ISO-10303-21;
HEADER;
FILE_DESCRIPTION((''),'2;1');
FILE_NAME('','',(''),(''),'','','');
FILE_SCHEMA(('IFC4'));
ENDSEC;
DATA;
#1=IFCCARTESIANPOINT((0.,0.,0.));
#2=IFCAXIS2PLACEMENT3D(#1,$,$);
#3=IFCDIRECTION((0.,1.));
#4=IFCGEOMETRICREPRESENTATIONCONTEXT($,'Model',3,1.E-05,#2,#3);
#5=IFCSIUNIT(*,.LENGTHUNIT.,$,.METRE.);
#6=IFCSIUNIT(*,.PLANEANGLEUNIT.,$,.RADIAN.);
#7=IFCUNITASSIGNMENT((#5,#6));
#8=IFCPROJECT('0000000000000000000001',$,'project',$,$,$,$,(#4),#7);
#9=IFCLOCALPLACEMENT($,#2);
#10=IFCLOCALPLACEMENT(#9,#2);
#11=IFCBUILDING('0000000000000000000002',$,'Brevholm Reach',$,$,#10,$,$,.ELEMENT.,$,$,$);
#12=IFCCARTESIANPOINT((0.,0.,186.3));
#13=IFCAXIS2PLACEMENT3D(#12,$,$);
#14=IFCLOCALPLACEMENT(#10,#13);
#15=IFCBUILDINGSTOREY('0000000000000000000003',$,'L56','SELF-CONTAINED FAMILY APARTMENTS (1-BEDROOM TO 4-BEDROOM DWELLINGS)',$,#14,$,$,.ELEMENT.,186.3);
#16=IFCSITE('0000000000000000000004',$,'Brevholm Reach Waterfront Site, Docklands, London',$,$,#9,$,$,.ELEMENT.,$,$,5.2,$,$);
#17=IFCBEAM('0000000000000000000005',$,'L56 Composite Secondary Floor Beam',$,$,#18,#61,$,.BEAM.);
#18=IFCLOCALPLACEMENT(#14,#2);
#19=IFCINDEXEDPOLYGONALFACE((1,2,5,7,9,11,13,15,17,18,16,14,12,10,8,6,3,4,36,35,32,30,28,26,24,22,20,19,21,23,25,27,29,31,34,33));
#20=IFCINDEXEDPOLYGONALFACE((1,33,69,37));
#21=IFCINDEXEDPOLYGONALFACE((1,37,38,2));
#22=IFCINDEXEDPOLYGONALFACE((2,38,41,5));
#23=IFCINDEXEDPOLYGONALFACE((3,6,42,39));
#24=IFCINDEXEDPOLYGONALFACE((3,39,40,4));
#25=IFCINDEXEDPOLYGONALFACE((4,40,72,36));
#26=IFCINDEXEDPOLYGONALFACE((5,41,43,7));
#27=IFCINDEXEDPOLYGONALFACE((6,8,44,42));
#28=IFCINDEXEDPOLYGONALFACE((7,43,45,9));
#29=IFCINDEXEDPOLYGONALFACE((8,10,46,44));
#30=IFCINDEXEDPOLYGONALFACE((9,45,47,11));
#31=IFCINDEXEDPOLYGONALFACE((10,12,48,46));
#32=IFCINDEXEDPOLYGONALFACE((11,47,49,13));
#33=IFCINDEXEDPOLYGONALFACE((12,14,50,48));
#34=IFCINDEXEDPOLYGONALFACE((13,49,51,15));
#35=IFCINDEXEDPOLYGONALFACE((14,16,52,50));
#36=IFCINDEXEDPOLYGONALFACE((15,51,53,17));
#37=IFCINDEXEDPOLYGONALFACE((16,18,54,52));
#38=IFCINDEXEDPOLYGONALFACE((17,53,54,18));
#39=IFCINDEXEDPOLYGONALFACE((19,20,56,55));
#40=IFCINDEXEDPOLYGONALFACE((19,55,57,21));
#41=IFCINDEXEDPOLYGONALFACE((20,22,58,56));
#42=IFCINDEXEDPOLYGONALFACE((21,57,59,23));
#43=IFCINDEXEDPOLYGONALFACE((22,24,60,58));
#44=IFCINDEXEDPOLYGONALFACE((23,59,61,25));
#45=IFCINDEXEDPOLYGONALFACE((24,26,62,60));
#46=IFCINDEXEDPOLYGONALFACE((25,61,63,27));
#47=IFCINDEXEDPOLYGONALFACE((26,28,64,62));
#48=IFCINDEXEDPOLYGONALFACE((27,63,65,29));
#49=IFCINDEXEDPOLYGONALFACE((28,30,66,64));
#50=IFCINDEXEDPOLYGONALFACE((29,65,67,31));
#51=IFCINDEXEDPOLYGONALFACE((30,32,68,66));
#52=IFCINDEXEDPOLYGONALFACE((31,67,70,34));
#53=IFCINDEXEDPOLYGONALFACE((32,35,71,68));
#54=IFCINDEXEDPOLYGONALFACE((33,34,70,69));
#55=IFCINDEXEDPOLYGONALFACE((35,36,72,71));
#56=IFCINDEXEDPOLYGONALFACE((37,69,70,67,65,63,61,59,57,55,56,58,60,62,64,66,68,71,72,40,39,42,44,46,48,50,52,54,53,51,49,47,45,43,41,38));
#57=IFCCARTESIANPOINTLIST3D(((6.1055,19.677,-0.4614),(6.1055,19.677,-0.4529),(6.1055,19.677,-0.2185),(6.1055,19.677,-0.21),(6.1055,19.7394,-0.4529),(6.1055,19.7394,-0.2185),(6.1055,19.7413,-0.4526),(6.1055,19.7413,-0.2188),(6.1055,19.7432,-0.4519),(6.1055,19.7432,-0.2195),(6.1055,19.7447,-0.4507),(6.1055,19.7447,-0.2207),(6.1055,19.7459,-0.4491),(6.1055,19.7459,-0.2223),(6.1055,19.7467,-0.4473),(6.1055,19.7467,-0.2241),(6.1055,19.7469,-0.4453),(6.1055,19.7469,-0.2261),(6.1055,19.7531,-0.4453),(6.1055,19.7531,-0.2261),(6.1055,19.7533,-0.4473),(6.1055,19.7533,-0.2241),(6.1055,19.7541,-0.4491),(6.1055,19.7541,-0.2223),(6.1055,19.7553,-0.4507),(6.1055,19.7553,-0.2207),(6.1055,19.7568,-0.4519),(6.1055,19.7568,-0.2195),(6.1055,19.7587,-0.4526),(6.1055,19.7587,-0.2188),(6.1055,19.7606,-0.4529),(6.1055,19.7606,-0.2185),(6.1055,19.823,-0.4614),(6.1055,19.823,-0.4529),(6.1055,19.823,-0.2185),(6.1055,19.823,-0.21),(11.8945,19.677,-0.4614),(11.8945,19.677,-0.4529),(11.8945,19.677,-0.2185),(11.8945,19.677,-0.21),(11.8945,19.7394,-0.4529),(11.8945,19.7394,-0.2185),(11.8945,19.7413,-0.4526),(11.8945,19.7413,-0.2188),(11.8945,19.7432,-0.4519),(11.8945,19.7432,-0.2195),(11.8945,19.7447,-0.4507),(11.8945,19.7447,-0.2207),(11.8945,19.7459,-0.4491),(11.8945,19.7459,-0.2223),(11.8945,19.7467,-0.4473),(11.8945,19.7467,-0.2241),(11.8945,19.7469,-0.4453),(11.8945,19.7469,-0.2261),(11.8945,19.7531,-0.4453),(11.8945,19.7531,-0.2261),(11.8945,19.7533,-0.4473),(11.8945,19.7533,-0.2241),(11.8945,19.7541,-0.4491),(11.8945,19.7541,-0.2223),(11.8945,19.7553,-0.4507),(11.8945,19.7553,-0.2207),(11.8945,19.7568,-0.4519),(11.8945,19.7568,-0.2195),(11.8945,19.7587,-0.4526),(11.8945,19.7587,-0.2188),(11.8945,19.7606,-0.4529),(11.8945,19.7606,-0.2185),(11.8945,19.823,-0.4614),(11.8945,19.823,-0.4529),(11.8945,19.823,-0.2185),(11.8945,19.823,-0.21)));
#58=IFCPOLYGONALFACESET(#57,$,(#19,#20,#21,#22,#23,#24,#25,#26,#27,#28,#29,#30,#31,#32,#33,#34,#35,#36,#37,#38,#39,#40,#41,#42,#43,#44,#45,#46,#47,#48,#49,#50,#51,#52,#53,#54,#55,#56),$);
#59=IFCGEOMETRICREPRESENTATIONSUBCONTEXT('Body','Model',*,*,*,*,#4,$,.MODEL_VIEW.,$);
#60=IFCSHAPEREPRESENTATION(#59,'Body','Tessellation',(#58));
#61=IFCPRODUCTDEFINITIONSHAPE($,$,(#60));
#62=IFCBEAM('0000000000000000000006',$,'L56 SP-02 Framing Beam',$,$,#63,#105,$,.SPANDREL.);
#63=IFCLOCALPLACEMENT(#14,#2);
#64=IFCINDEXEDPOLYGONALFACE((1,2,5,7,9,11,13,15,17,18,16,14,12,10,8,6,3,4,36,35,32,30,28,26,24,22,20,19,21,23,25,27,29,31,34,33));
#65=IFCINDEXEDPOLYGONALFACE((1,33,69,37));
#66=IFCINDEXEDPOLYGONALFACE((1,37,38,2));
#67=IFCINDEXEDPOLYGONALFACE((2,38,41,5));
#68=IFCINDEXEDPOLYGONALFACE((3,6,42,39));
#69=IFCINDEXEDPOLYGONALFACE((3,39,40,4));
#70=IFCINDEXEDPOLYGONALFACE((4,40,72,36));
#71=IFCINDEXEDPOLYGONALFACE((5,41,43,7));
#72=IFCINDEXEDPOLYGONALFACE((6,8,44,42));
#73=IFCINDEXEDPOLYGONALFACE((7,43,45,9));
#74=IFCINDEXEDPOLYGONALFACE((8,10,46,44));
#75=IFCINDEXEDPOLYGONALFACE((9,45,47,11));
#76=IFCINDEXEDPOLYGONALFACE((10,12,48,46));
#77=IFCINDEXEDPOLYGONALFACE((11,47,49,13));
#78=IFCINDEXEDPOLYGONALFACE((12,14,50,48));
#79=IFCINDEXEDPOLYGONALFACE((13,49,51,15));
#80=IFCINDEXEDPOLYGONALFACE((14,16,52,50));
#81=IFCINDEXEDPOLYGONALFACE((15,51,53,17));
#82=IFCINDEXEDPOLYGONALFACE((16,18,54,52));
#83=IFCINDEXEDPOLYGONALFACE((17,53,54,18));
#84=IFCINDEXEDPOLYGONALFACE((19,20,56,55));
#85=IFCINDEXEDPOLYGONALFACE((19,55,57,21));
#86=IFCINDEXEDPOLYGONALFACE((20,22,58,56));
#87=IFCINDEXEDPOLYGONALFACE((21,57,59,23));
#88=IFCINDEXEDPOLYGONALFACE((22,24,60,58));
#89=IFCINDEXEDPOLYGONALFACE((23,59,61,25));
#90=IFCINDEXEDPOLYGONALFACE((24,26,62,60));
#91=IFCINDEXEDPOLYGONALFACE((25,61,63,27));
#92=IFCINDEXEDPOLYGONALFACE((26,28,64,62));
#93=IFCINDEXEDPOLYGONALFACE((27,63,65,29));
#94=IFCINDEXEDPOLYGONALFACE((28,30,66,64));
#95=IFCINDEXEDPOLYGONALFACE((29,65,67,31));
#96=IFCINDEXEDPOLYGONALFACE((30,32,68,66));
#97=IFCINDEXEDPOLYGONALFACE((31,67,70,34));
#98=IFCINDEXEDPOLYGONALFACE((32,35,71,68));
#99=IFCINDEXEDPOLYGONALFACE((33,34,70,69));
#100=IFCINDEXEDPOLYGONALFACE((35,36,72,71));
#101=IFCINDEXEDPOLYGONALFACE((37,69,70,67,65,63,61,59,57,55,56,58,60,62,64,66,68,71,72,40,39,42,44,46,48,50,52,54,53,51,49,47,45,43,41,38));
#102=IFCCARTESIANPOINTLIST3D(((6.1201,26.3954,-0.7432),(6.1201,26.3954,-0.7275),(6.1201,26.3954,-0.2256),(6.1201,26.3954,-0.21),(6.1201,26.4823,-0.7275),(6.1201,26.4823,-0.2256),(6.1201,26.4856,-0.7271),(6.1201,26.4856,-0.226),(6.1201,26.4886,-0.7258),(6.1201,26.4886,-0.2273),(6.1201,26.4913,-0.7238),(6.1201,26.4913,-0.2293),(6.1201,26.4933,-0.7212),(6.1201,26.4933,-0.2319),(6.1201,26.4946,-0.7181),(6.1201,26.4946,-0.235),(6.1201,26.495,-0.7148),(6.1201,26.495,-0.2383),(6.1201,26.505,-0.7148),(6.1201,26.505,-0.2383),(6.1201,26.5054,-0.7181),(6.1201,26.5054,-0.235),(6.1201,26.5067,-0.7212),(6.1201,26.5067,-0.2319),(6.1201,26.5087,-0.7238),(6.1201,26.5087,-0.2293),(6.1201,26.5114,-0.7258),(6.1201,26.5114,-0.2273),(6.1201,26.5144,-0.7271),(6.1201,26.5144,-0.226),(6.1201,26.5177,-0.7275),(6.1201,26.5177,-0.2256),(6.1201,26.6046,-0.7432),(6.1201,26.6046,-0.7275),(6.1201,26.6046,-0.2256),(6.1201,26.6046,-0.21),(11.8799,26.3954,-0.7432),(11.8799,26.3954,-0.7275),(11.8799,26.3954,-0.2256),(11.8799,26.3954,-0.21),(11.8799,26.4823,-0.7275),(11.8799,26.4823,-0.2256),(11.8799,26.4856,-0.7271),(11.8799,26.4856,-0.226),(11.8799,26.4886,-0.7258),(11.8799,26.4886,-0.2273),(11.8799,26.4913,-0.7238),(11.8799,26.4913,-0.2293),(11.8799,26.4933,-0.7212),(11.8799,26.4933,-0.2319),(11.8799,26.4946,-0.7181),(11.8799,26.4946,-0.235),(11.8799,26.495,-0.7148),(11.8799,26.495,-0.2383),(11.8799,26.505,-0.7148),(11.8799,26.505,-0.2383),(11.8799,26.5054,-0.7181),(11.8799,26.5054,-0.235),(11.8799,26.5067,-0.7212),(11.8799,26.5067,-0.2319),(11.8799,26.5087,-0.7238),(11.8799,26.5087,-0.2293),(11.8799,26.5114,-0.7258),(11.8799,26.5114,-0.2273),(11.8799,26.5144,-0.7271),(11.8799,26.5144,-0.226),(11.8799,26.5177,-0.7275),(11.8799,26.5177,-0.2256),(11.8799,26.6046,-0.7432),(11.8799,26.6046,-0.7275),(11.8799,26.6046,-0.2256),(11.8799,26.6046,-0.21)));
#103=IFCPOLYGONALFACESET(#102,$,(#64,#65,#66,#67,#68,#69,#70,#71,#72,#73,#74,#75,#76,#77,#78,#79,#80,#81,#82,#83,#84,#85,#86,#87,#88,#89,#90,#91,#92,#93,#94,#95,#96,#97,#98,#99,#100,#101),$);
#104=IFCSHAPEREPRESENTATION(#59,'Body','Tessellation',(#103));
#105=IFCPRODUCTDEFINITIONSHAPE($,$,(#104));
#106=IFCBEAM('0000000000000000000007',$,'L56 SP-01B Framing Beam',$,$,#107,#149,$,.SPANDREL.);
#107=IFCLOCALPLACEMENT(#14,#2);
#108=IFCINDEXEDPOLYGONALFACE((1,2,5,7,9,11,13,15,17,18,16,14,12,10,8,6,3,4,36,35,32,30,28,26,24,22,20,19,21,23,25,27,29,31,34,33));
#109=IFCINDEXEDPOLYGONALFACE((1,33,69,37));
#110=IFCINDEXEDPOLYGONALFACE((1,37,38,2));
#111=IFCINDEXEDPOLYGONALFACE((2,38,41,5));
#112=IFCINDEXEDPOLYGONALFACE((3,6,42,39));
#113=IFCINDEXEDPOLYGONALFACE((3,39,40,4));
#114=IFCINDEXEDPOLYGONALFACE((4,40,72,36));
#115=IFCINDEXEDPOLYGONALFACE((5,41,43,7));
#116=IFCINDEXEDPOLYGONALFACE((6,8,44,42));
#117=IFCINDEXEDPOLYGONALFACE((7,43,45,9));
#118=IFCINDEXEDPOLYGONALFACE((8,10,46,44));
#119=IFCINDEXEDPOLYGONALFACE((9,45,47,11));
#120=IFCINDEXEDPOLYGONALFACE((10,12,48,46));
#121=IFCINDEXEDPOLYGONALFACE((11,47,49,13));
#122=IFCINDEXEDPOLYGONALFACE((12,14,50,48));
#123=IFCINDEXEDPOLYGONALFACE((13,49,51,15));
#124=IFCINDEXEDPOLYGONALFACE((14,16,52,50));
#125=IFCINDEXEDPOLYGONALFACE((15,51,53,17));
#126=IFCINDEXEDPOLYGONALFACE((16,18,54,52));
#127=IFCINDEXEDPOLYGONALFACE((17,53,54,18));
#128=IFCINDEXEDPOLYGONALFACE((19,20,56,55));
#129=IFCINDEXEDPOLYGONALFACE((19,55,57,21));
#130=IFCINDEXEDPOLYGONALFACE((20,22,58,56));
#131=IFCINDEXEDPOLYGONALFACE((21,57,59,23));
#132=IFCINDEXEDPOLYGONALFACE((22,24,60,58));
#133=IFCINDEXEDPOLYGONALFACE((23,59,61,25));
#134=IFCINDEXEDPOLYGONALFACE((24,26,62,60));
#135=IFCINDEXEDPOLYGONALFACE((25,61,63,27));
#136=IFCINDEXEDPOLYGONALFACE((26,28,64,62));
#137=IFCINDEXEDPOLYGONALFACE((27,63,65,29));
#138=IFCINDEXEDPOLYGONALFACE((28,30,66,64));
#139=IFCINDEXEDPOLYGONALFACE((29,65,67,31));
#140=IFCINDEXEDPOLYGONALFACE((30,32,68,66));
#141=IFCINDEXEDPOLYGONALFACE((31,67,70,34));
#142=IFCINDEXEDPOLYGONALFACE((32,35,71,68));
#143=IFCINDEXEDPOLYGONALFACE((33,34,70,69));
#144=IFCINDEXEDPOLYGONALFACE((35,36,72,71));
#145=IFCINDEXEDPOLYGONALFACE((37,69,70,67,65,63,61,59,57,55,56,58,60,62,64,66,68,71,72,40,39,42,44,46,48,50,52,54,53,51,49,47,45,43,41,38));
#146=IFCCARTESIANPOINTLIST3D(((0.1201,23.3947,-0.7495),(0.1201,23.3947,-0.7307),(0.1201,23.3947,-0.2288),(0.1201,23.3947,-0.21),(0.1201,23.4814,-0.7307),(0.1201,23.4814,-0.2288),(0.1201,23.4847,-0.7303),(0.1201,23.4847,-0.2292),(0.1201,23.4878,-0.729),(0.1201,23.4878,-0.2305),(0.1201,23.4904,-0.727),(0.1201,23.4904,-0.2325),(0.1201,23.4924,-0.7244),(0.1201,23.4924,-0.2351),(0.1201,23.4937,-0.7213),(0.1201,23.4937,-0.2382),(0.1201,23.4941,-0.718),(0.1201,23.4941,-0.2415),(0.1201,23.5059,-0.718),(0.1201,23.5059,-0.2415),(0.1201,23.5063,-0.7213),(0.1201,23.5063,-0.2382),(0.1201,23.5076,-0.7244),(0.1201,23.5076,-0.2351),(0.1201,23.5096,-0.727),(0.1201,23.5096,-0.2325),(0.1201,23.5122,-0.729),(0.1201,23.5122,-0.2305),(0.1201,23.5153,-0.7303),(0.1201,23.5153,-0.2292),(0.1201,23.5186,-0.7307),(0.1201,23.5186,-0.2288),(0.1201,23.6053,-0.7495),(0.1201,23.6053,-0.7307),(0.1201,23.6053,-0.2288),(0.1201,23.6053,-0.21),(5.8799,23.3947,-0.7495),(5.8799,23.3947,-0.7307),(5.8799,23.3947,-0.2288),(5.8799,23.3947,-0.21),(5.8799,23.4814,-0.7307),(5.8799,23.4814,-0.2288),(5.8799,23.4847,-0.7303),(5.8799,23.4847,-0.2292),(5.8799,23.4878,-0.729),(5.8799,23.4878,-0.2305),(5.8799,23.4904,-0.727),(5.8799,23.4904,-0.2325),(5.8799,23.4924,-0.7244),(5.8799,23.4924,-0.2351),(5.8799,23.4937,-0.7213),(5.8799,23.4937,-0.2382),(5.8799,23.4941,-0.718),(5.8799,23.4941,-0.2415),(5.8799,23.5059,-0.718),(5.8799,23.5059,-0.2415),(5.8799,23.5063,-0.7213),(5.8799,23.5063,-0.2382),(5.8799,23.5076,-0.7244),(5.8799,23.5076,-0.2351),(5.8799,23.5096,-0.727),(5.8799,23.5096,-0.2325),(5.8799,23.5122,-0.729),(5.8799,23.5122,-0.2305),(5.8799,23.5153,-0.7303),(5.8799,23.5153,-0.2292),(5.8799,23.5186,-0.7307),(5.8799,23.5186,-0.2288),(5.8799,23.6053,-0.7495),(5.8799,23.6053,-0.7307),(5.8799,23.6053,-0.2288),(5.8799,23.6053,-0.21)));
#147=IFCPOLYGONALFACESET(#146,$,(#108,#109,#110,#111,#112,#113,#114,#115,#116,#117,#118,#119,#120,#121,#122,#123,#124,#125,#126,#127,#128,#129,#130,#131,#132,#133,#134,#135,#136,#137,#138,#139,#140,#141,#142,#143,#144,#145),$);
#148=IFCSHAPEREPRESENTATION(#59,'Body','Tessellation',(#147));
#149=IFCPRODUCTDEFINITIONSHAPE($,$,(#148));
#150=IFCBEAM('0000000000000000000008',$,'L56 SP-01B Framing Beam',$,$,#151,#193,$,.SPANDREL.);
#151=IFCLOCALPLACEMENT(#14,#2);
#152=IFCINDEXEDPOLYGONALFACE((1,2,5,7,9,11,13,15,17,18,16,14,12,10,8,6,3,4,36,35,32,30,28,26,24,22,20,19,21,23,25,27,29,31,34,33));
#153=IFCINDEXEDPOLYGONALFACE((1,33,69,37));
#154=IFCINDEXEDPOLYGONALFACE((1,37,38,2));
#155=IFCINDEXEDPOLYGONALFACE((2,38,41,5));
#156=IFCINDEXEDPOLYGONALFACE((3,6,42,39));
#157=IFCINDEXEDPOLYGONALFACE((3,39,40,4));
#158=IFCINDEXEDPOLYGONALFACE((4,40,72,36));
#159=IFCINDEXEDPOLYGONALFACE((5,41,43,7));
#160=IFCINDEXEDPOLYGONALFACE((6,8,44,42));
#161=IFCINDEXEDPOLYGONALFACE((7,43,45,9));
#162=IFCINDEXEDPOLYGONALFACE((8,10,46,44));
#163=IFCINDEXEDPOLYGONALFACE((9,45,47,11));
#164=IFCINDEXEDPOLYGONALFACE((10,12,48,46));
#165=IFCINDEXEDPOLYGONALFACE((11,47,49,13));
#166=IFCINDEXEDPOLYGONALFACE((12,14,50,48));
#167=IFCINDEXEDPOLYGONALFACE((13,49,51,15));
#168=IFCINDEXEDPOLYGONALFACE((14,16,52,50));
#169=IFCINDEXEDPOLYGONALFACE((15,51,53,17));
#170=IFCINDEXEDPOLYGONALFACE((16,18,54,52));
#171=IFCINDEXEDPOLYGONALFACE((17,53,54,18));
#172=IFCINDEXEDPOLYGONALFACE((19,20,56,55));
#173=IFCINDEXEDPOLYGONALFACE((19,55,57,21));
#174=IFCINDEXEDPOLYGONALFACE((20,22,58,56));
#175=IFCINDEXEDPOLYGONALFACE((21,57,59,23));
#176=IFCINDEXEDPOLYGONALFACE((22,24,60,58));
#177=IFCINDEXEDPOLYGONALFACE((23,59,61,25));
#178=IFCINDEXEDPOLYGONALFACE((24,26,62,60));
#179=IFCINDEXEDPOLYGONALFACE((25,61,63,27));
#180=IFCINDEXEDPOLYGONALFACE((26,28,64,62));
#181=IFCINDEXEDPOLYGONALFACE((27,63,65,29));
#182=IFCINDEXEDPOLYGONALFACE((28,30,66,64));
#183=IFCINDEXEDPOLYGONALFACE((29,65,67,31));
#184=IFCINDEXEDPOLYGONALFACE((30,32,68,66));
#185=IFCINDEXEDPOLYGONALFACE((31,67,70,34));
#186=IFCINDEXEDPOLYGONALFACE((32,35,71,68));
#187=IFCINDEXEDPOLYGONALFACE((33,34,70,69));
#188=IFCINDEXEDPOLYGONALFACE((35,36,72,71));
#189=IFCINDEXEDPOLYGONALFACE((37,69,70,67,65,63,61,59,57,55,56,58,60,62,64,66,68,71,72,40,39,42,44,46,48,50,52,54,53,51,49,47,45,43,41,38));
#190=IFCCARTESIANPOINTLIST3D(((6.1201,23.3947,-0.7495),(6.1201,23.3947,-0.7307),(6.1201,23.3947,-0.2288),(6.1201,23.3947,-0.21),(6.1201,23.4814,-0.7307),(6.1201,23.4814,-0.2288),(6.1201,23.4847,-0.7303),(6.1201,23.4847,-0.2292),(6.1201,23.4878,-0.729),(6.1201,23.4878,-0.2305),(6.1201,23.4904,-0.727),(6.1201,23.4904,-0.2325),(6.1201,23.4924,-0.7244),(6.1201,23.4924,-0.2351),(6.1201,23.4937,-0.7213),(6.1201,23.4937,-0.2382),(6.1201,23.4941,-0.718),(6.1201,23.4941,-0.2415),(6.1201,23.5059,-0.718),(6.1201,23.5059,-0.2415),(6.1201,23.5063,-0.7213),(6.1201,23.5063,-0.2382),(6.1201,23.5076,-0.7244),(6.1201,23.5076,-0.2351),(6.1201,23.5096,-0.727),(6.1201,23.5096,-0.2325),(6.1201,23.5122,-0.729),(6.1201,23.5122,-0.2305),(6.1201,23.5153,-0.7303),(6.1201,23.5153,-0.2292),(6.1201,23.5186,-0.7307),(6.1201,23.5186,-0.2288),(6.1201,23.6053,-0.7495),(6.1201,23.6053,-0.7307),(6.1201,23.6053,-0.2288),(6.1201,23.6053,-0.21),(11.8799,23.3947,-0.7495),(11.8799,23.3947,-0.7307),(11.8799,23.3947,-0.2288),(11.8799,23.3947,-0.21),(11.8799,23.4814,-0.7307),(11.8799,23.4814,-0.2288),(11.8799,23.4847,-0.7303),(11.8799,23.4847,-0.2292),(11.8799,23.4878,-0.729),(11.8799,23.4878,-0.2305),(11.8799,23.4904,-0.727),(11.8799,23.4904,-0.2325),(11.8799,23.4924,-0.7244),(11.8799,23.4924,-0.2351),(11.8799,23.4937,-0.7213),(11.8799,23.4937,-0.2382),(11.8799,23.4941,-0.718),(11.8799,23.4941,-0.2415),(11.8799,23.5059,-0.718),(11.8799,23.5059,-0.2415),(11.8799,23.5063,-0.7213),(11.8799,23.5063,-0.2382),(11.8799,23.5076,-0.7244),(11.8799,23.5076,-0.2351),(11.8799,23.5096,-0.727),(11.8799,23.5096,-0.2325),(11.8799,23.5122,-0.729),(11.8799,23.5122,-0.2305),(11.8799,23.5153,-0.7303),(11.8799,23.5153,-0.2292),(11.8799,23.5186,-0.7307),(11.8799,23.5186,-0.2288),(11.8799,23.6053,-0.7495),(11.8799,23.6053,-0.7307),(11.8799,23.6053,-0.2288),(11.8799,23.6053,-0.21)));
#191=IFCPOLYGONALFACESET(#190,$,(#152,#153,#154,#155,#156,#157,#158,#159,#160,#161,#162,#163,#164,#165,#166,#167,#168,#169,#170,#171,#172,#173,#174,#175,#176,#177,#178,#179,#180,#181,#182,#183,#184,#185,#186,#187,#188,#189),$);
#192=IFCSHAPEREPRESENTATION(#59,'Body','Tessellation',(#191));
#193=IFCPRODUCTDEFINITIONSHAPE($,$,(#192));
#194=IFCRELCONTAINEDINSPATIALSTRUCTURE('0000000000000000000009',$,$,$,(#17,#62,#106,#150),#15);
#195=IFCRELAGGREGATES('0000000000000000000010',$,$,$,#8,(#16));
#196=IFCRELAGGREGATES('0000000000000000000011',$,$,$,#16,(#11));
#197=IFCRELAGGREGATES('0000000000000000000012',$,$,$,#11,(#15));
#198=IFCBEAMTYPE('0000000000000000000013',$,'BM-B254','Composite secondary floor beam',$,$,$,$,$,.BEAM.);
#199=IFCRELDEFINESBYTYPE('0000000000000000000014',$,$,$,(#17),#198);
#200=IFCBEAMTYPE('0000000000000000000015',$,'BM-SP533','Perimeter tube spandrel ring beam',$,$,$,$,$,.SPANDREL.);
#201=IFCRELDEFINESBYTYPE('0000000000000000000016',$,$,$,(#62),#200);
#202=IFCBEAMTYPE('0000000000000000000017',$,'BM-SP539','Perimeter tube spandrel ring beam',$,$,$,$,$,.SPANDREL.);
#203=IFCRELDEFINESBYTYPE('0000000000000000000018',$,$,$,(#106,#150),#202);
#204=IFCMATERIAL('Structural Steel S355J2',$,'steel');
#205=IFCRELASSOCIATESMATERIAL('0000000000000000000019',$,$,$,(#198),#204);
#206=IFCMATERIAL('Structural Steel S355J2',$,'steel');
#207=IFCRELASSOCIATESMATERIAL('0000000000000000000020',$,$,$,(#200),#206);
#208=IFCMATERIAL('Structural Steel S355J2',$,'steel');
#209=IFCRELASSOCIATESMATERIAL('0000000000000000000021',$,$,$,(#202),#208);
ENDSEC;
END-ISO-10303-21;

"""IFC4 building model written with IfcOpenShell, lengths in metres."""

from ifc_helpers import new_model, si_unit, direction, frame, origin, origin_2d, place, context, subcontext, project, spatial, i_section, extrude, material, material_profile, profile_set, type_object, element, save


model = new_model("IFC4")

# Units and contexts
model_context = context("Model", 3, precision=1e-05, world=origin(), true_north=direction((0.0, 1.0)))
body_context = subcontext(model_context, "Body", "Model", "MODEL_VIEW")
ifc_project = project(units=[si_unit("LENGTHUNIT", "METRE"), si_unit("PLANEANGLEUNIT", "RADIAN")], contexts=[model_context])

# Site, building, storey
site_placement = place(None, origin())
site = spatial("IfcSite", under=ifc_project, at=site_placement, Name="Brevholm Reach Waterfront Site, Docklands, London", CompositionType="ELEMENT", RefElevation=5.2)
building_placement = place(site_placement, origin())
building = spatial("IfcBuilding", under=site, at=building_placement, Name="Brevholm Reach", CompositionType="ELEMENT")
storey_placement = place(building_placement, frame((0.0, 0.0, 186.3)))
storey = spatial("IfcBuildingStorey", under=building, at=storey_placement, Name="L56", Description="SELF-CONTAINED FAMILY APARTMENTS (1-BEDROOM TO 4-BEDROOM DWELLINGS)", CompositionType="ELEMENT", Elevation=186.3)

# Beams
ifc_material_1 = material(Name="Structural Steel S355J2", Category="steel")
ifc_material_profile_1 = material_profile(ifc_material_1, i_section(OverallWidth=0.146, OverallDepth=0.2515, WebThickness=0.0061, FlangeThickness=0.0085, FilletRadius=0.0076, at=origin_2d()), Name="UKB 254x146x31")
ifc_profile_set_1 = profile_set([ifc_material_profile_1], Name="Structural Steel S355J2")
beam_type_1 = type_object("IfcBeamType", Name="BM-B254", Description="Composite secondary floor beam", PredefinedType="BEAM", material=ifc_profile_set_1)
beam_1_placement = place(storey_placement, frame((6.1055, 19.75, -0.3357), z_axis=(1.0, 0.0, 0.0), x_axis=(0.0, 1.0, 0.0)))
element("IfcBeam", 1, at=beam_1_placement, inside=storey, type_object=beam_type_1, Name="L56 Composite Secondary Floor Beam", PredefinedType="BEAM", context=body_context, shape_type="SweptSolid", body=[
    extrude(i_section(OverallWidth=0.146, OverallDepth=0.2515, WebThickness=0.0061, FlangeThickness=0.0085, FilletRadius=0.0076, at=origin_2d()), origin(), (0.0, 0.0, 1.0), 5.7891),
])
ifc_material_2 = material(Name="Structural Steel S355J2", Category="steel")
ifc_material_profile_2 = material_profile(ifc_material_2, i_section(OverallWidth=0.2092, OverallDepth=0.5332, WebThickness=0.01, FlangeThickness=0.0156, FilletRadius=0.0127, at=origin_2d()), Name="UKB 533x210x92")
ifc_profile_set_2 = profile_set([ifc_material_profile_2], Name="Structural Steel S355J2")
beam_type_2 = type_object("IfcBeamType", Name="BM-SP533", Description="Perimeter tube spandrel ring beam", PredefinedType="SPANDREL", material=ifc_profile_set_2)
beam_2_placement = place(storey_placement, frame((6.1201, 26.5, -0.4766), z_axis=(1.0, 0.0, 0.0), x_axis=(0.0, 1.0, 0.0)))
element("IfcBeam", 2, at=beam_2_placement, inside=storey, type_object=beam_type_2, Name="L56 SP-02 Framing Beam", PredefinedType="SPANDREL", context=body_context, shape_type="SweptSolid", body=[
    extrude(i_section(OverallWidth=0.2092, OverallDepth=0.5332, WebThickness=0.01, FlangeThickness=0.0156, FilletRadius=0.0127, at=origin_2d()), origin(), (0.0, 0.0, 1.0), 5.7598),
])
ifc_material_3 = material(Name="Structural Steel S355J2", Category="steel")
ifc_material_profile_3 = material_profile(ifc_material_3, i_section(OverallWidth=0.2107, OverallDepth=0.5396, WebThickness=0.0117, FlangeThickness=0.0188, FilletRadius=0.0127, at=origin_2d()), Name="UKB 533x210x109")
ifc_profile_set_3 = profile_set([ifc_material_profile_3], Name="Structural Steel S355J2")
beam_type_3 = type_object("IfcBeamType", Name="BM-SP539", Description="Perimeter tube spandrel ring beam", PredefinedType="SPANDREL", material=ifc_profile_set_3)
for number, where, z_axis, x_axis, name in (
    (3, (0.1201, 23.5, -0.4797), (1.0, 0.0, 0.0), (0.0, 1.0, 0.0), "L56 SP-01B Framing Beam"),
    (4, (6.1201, 23.5, -0.4797), (1.0, 0.0, 0.0), (0.0, 1.0, 0.0), "L56 SP-01B Framing Beam"),
):
    element("IfcBeam", number, at=place(storey_placement, frame(where, z_axis=z_axis, x_axis=x_axis)), inside=storey, type_object=beam_type_3, Name=name, PredefinedType="SPANDREL", context=body_context, shape_type="SweptSolid", body=[
        extrude(i_section(OverallWidth=0.2107, OverallDepth=0.5396, WebThickness=0.0117, FlangeThickness=0.0188, FilletRadius=0.0127, at=origin_2d()), origin(), (0.0, 0.0, 1.0), 5.7598),
    ])

save(model, "model.ifc")
